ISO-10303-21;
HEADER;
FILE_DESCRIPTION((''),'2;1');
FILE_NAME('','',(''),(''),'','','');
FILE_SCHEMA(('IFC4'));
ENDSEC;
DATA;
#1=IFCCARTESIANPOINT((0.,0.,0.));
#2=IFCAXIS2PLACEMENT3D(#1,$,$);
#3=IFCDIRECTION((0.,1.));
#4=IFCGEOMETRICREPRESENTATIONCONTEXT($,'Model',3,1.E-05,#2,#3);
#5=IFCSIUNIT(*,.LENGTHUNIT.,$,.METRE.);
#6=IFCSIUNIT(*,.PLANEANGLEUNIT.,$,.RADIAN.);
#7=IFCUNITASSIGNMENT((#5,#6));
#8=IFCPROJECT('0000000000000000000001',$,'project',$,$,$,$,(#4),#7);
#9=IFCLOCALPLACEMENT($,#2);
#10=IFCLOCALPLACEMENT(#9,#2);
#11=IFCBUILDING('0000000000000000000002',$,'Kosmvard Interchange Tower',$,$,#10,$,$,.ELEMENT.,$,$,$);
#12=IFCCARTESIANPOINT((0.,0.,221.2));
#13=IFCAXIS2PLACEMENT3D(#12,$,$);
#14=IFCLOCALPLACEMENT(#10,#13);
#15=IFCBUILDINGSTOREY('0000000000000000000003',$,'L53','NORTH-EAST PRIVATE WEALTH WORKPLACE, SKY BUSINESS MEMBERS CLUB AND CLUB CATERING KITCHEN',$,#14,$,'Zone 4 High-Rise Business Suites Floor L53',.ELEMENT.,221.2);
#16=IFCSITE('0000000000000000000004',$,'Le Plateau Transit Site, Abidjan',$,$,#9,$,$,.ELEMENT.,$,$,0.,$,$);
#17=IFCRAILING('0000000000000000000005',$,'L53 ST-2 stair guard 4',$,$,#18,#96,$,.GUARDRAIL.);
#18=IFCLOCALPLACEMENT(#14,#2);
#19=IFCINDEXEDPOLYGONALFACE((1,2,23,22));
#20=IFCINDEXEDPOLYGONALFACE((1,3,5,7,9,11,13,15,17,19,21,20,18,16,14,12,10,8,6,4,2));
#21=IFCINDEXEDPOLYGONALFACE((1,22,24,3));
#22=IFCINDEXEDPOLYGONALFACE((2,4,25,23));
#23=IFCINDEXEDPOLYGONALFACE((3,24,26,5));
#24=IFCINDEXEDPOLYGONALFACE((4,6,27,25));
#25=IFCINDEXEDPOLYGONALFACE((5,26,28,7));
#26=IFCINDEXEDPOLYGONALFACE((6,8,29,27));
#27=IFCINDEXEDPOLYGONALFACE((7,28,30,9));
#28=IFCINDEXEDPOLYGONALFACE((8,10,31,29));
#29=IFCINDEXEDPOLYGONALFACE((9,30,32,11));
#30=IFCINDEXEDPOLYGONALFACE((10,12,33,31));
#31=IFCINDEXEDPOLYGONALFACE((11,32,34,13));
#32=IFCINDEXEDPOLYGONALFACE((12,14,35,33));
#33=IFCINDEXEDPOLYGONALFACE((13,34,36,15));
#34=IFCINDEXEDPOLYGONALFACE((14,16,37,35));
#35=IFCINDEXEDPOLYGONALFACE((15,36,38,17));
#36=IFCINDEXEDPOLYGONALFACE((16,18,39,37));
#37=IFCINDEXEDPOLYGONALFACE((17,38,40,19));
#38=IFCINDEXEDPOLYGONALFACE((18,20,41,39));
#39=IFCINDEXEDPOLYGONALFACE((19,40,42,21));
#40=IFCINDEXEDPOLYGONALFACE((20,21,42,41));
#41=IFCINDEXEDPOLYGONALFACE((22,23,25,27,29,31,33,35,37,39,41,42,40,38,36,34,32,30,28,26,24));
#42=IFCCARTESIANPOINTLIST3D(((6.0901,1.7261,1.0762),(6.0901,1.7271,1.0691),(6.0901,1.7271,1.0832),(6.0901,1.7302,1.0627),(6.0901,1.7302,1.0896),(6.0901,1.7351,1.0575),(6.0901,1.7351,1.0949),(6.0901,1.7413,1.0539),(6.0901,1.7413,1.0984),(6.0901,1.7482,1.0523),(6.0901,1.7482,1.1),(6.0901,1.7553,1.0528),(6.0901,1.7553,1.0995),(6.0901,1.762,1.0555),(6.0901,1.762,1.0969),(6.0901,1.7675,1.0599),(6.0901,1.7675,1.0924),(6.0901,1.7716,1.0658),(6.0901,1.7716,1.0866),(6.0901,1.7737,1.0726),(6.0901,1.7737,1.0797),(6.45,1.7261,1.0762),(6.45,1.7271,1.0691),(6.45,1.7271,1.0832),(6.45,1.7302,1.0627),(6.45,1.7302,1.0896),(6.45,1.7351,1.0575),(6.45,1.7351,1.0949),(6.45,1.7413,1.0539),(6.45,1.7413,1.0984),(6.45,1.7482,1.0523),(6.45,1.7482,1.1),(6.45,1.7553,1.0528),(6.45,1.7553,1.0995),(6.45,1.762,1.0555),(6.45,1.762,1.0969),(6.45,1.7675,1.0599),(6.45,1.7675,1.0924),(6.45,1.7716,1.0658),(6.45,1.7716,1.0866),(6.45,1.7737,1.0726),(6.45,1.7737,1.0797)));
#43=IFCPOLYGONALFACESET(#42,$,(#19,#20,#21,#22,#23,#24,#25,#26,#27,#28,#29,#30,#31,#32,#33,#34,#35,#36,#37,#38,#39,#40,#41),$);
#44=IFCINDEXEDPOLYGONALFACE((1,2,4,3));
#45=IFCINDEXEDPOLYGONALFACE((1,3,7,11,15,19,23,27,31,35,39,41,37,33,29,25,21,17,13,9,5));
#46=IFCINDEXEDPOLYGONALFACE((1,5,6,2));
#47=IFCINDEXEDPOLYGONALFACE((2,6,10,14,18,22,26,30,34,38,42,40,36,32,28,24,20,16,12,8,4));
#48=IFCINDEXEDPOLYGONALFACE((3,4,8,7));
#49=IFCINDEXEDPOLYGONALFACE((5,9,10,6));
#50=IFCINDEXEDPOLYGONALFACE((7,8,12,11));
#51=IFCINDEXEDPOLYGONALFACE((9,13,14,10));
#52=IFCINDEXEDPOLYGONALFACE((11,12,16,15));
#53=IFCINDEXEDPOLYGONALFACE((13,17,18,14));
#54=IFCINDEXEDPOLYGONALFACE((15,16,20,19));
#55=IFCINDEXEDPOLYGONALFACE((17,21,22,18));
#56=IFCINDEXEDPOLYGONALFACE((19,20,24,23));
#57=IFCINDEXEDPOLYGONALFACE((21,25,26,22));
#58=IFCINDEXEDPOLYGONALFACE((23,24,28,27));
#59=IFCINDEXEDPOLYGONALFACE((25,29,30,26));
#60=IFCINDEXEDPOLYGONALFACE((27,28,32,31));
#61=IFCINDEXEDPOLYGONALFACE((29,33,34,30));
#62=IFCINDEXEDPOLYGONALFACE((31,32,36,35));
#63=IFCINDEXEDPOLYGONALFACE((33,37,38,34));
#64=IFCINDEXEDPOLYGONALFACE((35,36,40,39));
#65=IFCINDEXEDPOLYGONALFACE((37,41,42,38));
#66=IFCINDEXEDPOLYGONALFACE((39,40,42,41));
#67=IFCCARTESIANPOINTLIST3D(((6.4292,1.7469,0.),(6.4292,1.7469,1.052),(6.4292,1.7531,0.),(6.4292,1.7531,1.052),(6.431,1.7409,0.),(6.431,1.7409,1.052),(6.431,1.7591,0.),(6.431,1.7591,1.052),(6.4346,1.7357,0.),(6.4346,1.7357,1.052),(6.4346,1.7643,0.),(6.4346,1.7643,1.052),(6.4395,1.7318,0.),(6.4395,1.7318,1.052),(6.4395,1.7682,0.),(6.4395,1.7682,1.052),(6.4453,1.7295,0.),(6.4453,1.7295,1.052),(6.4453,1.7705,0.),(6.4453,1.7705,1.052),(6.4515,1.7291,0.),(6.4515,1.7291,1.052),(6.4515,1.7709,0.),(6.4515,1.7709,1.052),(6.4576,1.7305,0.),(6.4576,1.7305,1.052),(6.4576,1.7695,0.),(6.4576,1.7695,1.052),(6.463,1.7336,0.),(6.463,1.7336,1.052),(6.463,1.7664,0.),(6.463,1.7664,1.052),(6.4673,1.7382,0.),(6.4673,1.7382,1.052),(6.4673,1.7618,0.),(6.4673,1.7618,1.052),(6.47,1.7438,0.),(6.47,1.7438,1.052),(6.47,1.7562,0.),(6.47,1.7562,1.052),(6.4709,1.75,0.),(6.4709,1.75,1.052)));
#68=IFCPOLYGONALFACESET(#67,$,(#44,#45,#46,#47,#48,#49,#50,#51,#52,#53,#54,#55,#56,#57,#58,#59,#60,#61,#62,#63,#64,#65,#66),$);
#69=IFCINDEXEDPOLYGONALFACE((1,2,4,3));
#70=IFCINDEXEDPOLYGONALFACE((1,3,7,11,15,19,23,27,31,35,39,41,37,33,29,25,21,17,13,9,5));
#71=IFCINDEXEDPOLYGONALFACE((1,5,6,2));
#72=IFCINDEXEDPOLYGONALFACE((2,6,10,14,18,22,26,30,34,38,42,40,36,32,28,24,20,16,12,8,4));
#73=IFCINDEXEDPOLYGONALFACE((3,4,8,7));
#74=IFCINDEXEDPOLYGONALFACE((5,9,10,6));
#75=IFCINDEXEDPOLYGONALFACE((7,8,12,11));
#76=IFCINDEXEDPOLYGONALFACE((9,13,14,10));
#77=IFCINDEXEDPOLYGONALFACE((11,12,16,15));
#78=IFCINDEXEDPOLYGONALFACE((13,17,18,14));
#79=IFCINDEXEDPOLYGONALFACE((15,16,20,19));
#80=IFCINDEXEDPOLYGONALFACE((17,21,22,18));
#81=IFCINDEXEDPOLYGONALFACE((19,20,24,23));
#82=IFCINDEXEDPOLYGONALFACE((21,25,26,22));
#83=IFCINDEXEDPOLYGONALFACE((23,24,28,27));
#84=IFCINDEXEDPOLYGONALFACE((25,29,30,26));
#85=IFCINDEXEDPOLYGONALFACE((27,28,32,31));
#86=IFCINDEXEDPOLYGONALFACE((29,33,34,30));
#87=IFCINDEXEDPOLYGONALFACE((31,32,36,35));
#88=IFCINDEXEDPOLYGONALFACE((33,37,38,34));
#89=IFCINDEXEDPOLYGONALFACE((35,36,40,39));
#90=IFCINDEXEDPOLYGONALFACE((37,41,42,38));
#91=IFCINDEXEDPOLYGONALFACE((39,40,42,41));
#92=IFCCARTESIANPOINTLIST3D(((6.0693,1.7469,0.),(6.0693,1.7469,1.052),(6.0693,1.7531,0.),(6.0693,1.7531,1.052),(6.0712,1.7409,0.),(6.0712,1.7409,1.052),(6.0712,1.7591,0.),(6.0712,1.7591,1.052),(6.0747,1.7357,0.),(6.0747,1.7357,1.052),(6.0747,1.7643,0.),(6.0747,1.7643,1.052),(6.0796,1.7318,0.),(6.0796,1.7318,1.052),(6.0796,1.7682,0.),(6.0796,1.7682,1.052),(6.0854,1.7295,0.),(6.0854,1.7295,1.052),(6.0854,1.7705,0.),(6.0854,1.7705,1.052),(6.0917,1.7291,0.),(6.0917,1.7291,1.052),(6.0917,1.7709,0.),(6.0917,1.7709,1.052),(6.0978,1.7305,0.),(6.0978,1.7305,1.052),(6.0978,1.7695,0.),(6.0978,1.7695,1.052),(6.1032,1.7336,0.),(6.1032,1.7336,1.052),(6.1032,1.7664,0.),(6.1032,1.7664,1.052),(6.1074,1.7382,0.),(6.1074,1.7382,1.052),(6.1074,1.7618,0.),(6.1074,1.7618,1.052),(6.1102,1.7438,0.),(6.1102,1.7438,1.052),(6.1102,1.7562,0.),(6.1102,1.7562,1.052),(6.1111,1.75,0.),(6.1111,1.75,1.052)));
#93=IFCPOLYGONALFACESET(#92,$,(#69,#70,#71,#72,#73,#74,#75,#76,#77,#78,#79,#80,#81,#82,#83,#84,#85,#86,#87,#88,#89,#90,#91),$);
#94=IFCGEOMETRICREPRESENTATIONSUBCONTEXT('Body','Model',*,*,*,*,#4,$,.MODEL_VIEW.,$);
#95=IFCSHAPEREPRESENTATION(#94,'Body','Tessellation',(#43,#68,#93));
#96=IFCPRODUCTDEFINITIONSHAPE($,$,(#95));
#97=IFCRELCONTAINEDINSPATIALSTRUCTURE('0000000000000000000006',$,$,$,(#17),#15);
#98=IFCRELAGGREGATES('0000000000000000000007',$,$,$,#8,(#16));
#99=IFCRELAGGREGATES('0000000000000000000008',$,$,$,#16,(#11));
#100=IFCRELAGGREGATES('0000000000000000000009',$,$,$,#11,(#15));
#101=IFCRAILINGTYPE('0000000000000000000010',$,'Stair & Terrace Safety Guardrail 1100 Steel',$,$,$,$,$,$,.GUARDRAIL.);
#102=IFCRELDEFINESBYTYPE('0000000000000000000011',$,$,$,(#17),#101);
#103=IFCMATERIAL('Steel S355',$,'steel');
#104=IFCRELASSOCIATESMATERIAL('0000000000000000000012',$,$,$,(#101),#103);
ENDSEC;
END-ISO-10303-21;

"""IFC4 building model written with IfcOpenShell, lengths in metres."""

from ifc_helpers import new_model, si_unit, direction, frame, origin, origin_2d, place, context, subcontext, project, spatial, circle, extrude, source, transform, mapped, material, type_object, element, save


model = new_model("IFC4")

# Units and contexts
model_context = context("Model", 3, precision=1e-05, world=origin(), true_north=direction((0.0, 1.0)))
body_context = subcontext(model_context, "Body", "Model", "MODEL_VIEW")
ifc_project = project(units=[si_unit("LENGTHUNIT", "METRE"), si_unit("PLANEANGLEUNIT", "RADIAN")], contexts=[model_context])

# Site, building, storey
site_placement = place(None, origin())
site = spatial("IfcSite", under=ifc_project, at=site_placement, Name="Le Plateau Transit Site, Abidjan", CompositionType="ELEMENT", RefElevation=0.0)
building_placement = place(site_placement, origin())
building = spatial("IfcBuilding", under=site, at=building_placement, Name="Kosmvard Interchange Tower", CompositionType="ELEMENT")
storey_placement = place(building_placement, frame((0.0, 0.0, 221.2)))
storey = spatial("IfcBuildingStorey", under=building, at=storey_placement, Name="L53", Description="NORTH-EAST PRIVATE WEALTH WORKPLACE, SKY BUSINESS MEMBERS CLUB AND CLUB CATERING KITCHEN", LongName="Zone 4 High-Rise Business Suites Floor L53", CompositionType="ELEMENT", Elevation=221.2)

# Shared definitions
ifc_material_1 = material(Name="Steel S355", Category="steel")

# Railing
railing_type_1 = type_object("IfcRailingType", Name="Stair & Terrace Safety Guardrail 1100 Steel", PredefinedType="GUARDRAIL", material=ifc_material_1)
shared_shape_1 = source(origin(), body_context, "Body", "SweptSolid", [
    extrude(circle(Radius=0.0239, at=origin_2d()), frame((0.0, 0.0, 1.0762), z_axis=(-1.0, 0.0, 0.0), x_axis=(0.0, -1.0, 0.0)), (0.0, 0.0, 1.0), 0.3599),
    extrude(circle(Radius=0.021, at=origin_2d()), origin(), (0.0, 0.0, 1.0), 1.052),
    extrude(circle(Radius=0.021, at=origin_2d()), frame((-0.3599, 0.0, 0.0)), (0.0, 0.0, 1.0), 1.052),
])
for number, where, name in (
    (1, (6.45, 1.75, 0.0), "L53 ST-2 stair guard 4"),
):
    element("IfcRailing", number, at=place(storey_placement, frame(where)), inside=storey, type_object=railing_type_1, Name=name, PredefinedType="GUARDRAIL", context=body_context, shape_type="MappedRepresentation", body=[
        mapped(shared_shape_1, transform((0.0, 0.0, 0.0), scale=1.0)),
    ])

save(model, "model.ifc")
